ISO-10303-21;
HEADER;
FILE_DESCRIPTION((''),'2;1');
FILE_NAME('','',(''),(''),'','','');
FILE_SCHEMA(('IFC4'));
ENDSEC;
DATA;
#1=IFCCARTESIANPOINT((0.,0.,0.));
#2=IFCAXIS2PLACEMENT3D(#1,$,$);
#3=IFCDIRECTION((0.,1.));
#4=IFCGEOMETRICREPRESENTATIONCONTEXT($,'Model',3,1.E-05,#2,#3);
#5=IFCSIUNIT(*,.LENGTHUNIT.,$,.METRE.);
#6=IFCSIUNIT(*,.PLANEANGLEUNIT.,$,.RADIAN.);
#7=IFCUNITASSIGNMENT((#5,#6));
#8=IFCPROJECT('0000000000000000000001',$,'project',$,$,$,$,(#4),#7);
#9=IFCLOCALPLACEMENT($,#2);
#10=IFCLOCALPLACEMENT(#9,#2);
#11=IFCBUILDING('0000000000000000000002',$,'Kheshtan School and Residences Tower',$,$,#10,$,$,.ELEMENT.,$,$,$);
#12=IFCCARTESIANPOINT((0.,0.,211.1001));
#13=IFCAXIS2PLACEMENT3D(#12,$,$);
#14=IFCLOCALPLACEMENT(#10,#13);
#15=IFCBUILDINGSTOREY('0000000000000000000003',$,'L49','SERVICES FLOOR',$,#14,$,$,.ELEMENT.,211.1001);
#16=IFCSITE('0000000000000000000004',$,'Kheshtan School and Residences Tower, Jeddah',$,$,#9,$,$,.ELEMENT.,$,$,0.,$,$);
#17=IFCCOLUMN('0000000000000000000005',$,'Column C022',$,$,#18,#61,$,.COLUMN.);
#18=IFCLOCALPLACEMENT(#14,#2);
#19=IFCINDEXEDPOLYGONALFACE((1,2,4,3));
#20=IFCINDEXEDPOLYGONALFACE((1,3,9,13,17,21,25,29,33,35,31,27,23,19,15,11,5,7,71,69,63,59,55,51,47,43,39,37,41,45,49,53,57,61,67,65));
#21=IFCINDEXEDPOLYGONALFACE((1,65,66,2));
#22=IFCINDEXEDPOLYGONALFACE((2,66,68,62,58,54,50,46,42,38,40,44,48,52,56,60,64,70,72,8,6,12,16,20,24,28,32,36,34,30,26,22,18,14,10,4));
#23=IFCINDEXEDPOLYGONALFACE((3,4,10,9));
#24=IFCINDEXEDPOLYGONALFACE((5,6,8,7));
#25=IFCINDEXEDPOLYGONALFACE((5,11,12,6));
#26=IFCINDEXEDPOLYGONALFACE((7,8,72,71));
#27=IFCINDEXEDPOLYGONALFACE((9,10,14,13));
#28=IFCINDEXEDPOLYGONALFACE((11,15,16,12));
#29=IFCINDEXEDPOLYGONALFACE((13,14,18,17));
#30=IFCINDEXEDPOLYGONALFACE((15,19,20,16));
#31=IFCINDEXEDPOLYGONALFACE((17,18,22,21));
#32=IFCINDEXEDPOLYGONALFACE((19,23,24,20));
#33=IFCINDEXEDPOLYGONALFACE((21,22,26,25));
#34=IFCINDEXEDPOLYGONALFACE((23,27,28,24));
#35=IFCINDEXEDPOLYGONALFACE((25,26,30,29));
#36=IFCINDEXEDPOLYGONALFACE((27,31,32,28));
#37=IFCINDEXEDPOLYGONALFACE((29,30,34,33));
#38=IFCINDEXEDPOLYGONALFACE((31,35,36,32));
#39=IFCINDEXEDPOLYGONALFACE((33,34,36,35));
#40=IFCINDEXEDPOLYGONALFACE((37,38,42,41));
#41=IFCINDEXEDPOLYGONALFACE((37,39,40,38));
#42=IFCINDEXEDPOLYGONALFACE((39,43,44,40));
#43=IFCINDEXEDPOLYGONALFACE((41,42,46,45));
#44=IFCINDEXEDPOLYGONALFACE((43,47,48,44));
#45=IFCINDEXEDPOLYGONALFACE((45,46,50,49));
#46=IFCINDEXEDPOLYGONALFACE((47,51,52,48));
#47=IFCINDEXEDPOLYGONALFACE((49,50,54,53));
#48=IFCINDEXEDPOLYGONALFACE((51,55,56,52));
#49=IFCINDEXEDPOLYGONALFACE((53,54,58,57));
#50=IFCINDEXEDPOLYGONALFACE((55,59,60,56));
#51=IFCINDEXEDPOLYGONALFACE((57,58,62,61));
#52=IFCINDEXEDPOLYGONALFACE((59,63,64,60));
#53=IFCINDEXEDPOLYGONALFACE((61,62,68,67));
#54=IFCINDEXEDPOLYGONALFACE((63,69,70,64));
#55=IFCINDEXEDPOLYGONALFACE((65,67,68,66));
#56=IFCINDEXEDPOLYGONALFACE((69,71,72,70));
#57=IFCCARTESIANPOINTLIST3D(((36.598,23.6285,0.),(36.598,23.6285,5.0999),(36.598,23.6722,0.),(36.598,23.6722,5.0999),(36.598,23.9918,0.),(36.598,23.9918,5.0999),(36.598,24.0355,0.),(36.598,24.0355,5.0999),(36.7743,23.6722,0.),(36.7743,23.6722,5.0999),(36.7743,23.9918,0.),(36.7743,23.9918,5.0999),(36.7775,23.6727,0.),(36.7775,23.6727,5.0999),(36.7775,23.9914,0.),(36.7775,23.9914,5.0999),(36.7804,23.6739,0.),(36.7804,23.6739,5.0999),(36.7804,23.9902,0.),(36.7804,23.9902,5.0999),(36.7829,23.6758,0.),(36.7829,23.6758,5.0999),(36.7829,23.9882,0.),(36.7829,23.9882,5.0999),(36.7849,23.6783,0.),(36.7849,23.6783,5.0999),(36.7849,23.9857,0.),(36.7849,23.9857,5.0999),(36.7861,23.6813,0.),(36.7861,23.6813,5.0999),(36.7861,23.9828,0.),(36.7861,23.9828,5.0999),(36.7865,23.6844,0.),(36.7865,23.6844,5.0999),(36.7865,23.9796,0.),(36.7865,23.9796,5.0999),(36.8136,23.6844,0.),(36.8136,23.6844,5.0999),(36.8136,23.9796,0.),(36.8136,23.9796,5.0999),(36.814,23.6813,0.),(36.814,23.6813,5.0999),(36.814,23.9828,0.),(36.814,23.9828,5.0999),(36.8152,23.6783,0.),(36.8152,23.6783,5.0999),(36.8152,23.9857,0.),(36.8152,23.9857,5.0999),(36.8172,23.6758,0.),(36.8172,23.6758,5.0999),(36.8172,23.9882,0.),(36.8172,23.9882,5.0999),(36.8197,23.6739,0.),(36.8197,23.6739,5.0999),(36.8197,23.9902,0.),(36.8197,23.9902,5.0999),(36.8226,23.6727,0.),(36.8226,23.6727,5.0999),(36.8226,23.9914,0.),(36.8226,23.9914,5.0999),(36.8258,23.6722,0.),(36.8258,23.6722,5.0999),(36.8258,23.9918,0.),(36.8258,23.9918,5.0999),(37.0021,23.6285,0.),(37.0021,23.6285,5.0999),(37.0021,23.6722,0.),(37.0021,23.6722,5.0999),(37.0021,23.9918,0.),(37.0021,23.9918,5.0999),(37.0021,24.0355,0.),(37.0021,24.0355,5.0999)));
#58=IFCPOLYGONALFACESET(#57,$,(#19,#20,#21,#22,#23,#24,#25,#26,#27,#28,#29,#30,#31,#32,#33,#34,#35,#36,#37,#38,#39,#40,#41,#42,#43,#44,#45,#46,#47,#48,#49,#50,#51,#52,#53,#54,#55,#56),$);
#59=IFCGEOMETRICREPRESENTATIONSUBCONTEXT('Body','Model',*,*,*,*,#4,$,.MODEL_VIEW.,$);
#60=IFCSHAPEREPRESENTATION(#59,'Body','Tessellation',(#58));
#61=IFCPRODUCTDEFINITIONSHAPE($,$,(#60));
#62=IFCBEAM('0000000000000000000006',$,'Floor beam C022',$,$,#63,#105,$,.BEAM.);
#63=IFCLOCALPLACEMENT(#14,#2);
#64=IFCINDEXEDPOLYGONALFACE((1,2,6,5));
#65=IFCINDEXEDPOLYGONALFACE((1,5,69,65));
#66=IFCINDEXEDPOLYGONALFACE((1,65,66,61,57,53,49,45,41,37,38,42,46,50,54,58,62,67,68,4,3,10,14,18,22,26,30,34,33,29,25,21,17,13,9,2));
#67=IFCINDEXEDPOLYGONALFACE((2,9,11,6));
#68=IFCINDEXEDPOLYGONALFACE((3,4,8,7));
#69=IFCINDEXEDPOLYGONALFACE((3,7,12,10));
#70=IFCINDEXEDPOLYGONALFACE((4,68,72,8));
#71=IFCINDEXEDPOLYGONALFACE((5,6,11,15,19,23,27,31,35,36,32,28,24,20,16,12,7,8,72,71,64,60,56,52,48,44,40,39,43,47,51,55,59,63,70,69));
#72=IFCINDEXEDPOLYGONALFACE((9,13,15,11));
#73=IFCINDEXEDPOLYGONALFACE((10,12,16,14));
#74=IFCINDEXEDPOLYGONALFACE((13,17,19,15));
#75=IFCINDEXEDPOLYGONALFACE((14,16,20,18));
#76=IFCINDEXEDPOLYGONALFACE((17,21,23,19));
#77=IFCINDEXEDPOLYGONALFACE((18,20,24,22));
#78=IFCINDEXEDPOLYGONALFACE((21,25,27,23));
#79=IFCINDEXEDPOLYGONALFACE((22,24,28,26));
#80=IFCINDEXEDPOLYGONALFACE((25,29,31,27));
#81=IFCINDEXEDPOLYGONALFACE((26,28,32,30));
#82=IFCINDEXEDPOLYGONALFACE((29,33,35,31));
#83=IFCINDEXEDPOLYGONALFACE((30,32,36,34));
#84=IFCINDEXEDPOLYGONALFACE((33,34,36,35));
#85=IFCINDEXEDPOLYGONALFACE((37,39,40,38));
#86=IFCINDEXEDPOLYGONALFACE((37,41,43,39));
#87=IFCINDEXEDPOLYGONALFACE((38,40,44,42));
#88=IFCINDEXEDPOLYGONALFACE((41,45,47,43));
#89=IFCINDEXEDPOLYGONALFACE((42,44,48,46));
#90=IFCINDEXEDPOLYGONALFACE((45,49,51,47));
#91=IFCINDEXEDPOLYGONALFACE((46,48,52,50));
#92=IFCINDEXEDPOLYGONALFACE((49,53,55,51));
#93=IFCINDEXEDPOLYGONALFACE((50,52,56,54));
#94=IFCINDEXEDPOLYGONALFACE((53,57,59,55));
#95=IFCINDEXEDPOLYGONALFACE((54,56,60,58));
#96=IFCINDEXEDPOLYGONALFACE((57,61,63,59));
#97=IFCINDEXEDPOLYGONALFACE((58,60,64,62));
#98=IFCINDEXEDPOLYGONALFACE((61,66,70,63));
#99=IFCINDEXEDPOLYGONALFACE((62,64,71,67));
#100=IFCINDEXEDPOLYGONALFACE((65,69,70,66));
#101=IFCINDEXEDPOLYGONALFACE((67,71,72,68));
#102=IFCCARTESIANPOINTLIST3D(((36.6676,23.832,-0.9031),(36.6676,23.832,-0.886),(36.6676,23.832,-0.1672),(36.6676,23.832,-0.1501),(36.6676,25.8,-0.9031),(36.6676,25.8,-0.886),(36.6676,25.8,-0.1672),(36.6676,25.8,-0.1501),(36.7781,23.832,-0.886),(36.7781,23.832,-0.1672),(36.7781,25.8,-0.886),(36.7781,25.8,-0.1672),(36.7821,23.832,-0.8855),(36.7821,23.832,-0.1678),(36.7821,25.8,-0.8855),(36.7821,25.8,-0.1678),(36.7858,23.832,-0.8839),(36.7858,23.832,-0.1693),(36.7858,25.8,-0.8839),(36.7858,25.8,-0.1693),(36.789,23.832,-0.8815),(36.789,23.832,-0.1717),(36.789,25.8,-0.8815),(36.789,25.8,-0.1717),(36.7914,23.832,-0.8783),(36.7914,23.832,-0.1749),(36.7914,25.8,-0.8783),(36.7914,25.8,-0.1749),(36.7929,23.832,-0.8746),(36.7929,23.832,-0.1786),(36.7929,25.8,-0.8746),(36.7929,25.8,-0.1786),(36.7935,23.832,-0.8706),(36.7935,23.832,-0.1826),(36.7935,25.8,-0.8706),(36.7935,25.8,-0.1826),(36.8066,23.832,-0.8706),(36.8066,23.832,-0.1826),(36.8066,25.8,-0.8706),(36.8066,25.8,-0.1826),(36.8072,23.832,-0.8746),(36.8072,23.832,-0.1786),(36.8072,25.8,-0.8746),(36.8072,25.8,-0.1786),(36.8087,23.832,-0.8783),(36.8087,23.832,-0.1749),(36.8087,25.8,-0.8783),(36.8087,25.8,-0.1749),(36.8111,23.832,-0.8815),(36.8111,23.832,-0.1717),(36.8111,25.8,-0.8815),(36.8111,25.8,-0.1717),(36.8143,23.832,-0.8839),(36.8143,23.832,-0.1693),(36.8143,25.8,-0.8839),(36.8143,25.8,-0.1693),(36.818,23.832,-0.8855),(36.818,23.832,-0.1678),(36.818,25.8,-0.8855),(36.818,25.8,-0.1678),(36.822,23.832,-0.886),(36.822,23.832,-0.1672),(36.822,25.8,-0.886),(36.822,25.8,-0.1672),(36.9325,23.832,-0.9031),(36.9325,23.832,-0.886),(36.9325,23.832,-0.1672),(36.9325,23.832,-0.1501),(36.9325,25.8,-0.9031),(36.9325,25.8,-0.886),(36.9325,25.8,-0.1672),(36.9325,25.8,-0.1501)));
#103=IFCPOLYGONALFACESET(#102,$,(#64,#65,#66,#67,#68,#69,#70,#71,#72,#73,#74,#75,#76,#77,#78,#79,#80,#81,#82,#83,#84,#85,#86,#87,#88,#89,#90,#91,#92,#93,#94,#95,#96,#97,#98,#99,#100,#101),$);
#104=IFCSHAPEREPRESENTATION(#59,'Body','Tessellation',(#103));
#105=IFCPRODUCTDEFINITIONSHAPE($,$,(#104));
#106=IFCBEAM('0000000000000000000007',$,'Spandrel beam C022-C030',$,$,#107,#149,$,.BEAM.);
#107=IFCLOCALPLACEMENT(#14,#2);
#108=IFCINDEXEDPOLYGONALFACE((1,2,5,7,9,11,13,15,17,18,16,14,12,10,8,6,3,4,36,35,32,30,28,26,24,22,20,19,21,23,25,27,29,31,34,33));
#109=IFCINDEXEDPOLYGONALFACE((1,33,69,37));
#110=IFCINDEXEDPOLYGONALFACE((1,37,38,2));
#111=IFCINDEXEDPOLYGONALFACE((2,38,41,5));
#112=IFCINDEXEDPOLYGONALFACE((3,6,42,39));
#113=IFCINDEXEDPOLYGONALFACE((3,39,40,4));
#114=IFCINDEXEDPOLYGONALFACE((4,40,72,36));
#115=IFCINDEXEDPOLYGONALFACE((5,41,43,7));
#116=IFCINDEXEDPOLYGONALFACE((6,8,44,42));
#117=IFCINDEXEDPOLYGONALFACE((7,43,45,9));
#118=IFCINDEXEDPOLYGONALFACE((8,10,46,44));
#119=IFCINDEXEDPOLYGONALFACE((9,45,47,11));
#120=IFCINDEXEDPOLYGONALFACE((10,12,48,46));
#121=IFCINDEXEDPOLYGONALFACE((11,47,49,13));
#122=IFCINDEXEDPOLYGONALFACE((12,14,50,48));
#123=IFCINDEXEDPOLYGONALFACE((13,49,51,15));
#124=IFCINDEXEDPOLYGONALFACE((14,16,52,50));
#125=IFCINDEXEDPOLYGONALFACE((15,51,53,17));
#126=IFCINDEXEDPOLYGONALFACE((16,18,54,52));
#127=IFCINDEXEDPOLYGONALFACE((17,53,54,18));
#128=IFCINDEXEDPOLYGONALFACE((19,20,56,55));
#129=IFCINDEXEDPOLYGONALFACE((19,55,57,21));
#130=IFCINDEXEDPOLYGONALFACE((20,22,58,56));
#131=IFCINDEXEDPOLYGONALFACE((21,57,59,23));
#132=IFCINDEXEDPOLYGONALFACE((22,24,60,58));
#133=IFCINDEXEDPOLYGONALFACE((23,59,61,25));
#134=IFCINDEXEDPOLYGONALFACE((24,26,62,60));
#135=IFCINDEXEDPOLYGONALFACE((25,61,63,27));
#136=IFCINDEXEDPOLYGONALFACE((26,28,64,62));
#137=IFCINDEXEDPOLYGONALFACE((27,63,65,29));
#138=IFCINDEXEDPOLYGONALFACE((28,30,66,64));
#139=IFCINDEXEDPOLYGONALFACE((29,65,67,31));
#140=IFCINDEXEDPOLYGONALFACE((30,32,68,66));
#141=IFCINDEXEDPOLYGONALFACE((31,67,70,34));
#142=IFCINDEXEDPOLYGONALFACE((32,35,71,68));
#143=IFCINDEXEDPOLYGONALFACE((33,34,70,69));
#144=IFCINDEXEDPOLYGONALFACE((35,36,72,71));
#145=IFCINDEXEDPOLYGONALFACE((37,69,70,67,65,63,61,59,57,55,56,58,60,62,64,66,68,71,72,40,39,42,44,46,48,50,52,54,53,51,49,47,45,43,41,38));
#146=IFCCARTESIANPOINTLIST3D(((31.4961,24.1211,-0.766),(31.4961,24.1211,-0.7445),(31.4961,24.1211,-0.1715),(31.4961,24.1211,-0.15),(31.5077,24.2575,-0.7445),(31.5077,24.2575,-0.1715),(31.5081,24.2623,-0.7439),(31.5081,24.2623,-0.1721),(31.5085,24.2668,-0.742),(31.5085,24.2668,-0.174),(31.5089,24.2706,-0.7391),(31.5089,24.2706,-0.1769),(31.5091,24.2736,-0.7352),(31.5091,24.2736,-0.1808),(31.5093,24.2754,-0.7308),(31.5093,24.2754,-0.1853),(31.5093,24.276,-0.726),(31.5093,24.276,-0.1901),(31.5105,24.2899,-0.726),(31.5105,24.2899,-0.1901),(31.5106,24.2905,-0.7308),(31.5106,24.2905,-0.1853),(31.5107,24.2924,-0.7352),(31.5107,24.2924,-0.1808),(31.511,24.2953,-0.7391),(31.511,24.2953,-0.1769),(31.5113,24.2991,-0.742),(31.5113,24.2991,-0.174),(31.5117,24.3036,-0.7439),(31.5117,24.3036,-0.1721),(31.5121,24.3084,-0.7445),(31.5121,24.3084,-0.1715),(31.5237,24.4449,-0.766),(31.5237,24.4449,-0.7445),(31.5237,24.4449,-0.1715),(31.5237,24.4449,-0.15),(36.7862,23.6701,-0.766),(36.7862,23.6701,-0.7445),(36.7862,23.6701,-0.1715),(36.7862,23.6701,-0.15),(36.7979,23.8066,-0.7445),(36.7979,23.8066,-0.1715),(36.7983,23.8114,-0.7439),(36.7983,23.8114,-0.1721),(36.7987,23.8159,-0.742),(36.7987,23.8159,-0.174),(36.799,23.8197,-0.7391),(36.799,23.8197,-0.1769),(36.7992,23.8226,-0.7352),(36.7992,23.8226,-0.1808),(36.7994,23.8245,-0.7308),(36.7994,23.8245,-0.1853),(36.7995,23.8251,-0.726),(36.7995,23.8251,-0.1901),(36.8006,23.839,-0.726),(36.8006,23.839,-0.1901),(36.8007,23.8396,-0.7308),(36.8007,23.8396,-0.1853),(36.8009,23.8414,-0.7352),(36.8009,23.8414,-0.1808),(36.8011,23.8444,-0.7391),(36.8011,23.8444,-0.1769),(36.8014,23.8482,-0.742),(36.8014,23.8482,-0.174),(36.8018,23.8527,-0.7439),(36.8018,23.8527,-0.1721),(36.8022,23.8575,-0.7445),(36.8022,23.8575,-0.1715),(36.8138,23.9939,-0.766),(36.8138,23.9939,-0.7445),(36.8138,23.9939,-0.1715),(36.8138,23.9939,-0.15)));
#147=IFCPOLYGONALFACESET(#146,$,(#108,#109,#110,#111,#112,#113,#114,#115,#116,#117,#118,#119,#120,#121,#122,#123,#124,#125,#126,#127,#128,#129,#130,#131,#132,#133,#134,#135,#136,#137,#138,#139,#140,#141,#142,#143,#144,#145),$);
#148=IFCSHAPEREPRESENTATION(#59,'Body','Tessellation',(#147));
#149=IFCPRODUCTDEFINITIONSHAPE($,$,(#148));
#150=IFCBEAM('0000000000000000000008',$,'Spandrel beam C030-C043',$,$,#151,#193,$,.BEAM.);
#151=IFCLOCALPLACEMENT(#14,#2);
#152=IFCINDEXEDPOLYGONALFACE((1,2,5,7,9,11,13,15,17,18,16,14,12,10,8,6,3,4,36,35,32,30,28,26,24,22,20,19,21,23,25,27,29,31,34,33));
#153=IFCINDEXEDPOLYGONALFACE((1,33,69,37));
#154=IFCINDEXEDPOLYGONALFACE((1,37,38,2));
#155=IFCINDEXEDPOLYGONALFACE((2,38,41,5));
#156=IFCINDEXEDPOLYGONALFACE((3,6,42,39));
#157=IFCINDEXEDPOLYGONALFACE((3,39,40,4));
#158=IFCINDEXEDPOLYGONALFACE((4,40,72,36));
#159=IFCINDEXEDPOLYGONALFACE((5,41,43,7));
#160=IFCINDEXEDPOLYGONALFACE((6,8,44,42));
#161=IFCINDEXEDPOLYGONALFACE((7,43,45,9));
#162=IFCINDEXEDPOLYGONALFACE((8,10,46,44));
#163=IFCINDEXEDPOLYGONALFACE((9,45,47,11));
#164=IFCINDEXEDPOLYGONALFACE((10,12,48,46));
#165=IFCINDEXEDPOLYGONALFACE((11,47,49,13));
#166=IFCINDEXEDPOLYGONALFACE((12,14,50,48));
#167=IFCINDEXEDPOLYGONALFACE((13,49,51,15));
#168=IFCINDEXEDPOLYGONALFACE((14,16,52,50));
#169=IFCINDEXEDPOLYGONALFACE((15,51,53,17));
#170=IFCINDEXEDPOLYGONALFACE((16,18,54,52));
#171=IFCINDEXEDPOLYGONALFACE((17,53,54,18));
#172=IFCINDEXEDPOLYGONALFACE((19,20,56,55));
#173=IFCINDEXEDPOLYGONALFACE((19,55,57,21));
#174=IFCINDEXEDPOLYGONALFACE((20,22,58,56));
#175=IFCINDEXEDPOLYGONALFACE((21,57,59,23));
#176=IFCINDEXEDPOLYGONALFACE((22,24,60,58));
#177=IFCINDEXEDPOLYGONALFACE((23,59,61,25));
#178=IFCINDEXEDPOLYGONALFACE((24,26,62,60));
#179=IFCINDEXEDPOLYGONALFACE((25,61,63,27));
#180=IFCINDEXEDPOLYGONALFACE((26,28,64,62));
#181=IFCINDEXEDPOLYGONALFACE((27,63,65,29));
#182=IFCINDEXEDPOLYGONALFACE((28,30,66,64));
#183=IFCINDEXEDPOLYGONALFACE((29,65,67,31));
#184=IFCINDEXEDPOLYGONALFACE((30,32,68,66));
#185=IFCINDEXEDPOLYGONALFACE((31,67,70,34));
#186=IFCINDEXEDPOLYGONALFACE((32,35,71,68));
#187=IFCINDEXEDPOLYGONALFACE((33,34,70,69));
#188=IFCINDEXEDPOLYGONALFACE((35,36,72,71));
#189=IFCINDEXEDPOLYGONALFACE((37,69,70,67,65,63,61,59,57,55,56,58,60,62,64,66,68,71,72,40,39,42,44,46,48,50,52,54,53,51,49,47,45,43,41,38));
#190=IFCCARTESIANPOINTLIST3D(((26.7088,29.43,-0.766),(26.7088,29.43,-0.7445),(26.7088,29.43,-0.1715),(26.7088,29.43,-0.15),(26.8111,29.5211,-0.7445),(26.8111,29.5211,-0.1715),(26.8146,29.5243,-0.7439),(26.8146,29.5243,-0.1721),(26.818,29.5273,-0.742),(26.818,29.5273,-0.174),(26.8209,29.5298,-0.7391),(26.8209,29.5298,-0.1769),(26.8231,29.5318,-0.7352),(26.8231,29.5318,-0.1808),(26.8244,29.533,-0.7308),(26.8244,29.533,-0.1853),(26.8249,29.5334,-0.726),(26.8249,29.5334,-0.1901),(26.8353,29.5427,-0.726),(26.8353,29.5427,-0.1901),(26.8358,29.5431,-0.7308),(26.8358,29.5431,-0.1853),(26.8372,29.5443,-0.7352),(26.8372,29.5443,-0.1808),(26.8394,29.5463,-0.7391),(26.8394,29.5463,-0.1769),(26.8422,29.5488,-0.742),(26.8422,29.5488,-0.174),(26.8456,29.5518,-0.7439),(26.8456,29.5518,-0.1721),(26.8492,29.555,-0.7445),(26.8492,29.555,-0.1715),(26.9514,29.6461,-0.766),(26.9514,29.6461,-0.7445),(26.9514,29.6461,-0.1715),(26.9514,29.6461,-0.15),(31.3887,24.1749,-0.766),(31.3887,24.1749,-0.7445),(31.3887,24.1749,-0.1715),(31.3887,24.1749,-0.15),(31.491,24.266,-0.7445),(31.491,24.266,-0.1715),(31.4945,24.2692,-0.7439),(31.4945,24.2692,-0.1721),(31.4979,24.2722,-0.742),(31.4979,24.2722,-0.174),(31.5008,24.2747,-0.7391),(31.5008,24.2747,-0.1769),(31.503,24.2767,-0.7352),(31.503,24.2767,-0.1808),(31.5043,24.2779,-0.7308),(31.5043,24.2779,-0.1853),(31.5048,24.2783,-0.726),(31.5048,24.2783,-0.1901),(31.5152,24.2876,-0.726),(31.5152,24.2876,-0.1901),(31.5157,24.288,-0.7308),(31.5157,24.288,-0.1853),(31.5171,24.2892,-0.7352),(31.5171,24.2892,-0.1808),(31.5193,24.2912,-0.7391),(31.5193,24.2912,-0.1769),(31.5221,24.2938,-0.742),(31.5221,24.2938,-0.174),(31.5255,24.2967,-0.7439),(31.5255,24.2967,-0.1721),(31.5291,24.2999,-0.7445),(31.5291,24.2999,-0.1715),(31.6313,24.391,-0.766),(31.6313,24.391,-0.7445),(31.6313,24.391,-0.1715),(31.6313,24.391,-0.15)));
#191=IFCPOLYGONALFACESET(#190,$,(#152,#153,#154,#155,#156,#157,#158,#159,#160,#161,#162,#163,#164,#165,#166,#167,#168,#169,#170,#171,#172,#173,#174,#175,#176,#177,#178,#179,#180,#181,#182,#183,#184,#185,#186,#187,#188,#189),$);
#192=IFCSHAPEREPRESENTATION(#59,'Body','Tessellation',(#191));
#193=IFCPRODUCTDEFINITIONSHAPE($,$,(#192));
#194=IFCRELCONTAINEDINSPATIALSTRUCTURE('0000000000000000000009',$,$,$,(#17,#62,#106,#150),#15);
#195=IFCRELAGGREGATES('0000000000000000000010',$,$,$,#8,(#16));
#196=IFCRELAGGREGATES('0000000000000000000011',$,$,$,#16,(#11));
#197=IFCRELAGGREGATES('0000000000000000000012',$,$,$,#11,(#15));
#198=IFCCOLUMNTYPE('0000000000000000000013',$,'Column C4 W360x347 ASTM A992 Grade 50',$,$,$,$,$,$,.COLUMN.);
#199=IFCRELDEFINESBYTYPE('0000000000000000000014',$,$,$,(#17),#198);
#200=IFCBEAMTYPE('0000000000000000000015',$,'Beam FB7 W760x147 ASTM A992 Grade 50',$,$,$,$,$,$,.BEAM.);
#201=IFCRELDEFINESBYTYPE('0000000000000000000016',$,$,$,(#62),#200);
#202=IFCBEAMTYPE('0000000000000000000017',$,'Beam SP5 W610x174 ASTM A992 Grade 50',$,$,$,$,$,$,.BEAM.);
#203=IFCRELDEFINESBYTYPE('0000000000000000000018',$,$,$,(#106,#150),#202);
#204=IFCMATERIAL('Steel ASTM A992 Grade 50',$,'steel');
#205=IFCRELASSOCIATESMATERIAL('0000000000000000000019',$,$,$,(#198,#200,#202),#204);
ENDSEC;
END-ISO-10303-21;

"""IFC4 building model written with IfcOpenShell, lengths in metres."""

from ifc_helpers import new_model, si_unit, direction, frame, origin, origin_2d, place, context, subcontext, project, spatial, i_section, extrude, material, material_profile, profile_set, type_object, element, save


model = new_model("IFC4")

# Units and contexts
model_context = context("Model", 3, precision=1e-05, world=origin(), true_north=direction((0.0, 1.0)))
body_context = subcontext(model_context, "Body", "Model", "MODEL_VIEW")
ifc_project = project(units=[si_unit("LENGTHUNIT", "METRE"), si_unit("PLANEANGLEUNIT", "RADIAN")], contexts=[model_context])

# Site, building, storey
site_placement = place(None, origin())
site = spatial("IfcSite", under=ifc_project, at=site_placement, Name="Kheshtan School and Residences Tower, Jeddah", CompositionType="ELEMENT", RefElevation=0.0)
building_placement = place(site_placement, origin())
building = spatial("IfcBuilding", under=site, at=building_placement, Name="Kheshtan School and Residences Tower", CompositionType="ELEMENT")
storey_placement = place(building_placement, frame((0.0, 0.0, 211.1001)))
storey = spatial("IfcBuildingStorey", under=building, at=storey_placement, Name="L49", Description="SERVICES FLOOR", CompositionType="ELEMENT", Elevation=211.1001)

# Column
ifc_material_1 = material(Name="Steel ASTM A992 Grade 50", Category="steel")
ifc_material_profile_1 = material_profile(ifc_material_1, i_section(OverallWidth=0.4041, OverallDepth=0.407, WebThickness=0.0271, FlangeThickness=0.0437, FilletRadius=0.0122, at=origin_2d()), Name="W360x347")
ifc_profile_set_1 = profile_set([ifc_material_profile_1], Name="Steel ASTM A992 Grade 50")
column_type = type_object("IfcColumnType", Name="Column C4 W360x347 ASTM A992 Grade 50", PredefinedType="COLUMN", material=ifc_profile_set_1)
column_placement = place(storey_placement, frame((36.8, 23.832, 0.0), z_axis=(0.0, 0.0, 1.0), x_axis=(1.0, 0.0, 0.0)))
element("IfcColumn", 1, at=column_placement, inside=storey, type_object=column_type, Name="Column C022", PredefinedType="COLUMN", context=body_context, shape_type="SweptSolid", body=[
    extrude(i_section(OverallWidth=0.4041, OverallDepth=0.407, WebThickness=0.0271, FlangeThickness=0.0437, FilletRadius=0.0122, at=origin_2d()), origin(), (0.0, 0.0, 1.0), 5.0999),
])

# Beams
ifc_material_profile_2 = material_profile(ifc_material_1, i_section(OverallWidth=0.2649, OverallDepth=0.7529, WebThickness=0.0132, FlangeThickness=0.0171, FilletRadius=0.0154, at=origin_2d()), Name="W760x147")
ifc_profile_set_2 = profile_set([ifc_material_profile_2], Name="Steel ASTM A992 Grade 50")
beam_type_1 = type_object("IfcBeamType", Name="Beam FB7 W760x147 ASTM A992 Grade 50", PredefinedType="BEAM", material=ifc_profile_set_2)
beam_1_placement = place(storey_placement, frame((36.8, 23.832, -0.5266), z_axis=(0.0, 1.0, 0.0), x_axis=(-1.0, 0.0, 0.0)))
element("IfcBeam", 2, at=beam_1_placement, inside=storey, type_object=beam_type_1, Name="Floor beam C022", PredefinedType="BEAM", context=body_context, shape_type="SweptSolid", body=[
    extrude(i_section(OverallWidth=0.2649, OverallDepth=0.7529, WebThickness=0.0132, FlangeThickness=0.0171, FilletRadius=0.0154, at=origin_2d()), origin(), (0.0, 0.0, 1.0), 1.968),
])
ifc_material_profile_3 = material_profile(ifc_material_1, i_section(OverallWidth=0.325, OverallDepth=0.616, WebThickness=0.0139, FlangeThickness=0.0215, FilletRadius=0.0186, at=origin_2d()), Name="W610x174")
ifc_profile_set_3 = profile_set([ifc_material_profile_3], Name="Steel ASTM A992 Grade 50")
beam_type_2 = type_object("IfcBeamType", Name="Beam SP5 W610x174 ASTM A992 Grade 50", PredefinedType="BEAM", material=ifc_profile_set_3)
beam_2_placement = place(storey_placement, frame((36.8, 23.832, -0.458), z_axis=(-0.996387, 0.084933, 0.0), x_axis=(-0.084933, -0.996387, 0.0)))
element("IfcBeam", 3, at=beam_2_placement, inside=storey, type_object=beam_type_2, Name="Spandrel beam C022-C030", PredefinedType="BEAM", context=body_context, shape_type="SweptSolid", body=[
    extrude(i_section(OverallWidth=0.325, OverallDepth=0.616, WebThickness=0.0139, FlangeThickness=0.0215, FilletRadius=0.0186, at=origin_2d()), origin(), (0.0, 0.0, 1.0), 5.3093),
])
beam_3_placement = place(storey_placement, frame((31.51, 24.283, -0.458), z_axis=(-0.665055, 0.746795, 0.0), x_axis=(-0.746795, -0.665055, 0.0)))
element("IfcBeam", 4, at=beam_3_placement, inside=storey, type_object=beam_type_2, Name="Spandrel beam C030-C043", PredefinedType="BEAM", context=body_context, shape_type="SweptSolid", body=[
    extrude(i_section(OverallWidth=0.325, OverallDepth=0.616, WebThickness=0.0139, FlangeThickness=0.0215, FilletRadius=0.0186, at=origin_2d()), origin(), (0.0, 0.0, 1.0), 7.0369),
])

save(model, "model.ifc")
